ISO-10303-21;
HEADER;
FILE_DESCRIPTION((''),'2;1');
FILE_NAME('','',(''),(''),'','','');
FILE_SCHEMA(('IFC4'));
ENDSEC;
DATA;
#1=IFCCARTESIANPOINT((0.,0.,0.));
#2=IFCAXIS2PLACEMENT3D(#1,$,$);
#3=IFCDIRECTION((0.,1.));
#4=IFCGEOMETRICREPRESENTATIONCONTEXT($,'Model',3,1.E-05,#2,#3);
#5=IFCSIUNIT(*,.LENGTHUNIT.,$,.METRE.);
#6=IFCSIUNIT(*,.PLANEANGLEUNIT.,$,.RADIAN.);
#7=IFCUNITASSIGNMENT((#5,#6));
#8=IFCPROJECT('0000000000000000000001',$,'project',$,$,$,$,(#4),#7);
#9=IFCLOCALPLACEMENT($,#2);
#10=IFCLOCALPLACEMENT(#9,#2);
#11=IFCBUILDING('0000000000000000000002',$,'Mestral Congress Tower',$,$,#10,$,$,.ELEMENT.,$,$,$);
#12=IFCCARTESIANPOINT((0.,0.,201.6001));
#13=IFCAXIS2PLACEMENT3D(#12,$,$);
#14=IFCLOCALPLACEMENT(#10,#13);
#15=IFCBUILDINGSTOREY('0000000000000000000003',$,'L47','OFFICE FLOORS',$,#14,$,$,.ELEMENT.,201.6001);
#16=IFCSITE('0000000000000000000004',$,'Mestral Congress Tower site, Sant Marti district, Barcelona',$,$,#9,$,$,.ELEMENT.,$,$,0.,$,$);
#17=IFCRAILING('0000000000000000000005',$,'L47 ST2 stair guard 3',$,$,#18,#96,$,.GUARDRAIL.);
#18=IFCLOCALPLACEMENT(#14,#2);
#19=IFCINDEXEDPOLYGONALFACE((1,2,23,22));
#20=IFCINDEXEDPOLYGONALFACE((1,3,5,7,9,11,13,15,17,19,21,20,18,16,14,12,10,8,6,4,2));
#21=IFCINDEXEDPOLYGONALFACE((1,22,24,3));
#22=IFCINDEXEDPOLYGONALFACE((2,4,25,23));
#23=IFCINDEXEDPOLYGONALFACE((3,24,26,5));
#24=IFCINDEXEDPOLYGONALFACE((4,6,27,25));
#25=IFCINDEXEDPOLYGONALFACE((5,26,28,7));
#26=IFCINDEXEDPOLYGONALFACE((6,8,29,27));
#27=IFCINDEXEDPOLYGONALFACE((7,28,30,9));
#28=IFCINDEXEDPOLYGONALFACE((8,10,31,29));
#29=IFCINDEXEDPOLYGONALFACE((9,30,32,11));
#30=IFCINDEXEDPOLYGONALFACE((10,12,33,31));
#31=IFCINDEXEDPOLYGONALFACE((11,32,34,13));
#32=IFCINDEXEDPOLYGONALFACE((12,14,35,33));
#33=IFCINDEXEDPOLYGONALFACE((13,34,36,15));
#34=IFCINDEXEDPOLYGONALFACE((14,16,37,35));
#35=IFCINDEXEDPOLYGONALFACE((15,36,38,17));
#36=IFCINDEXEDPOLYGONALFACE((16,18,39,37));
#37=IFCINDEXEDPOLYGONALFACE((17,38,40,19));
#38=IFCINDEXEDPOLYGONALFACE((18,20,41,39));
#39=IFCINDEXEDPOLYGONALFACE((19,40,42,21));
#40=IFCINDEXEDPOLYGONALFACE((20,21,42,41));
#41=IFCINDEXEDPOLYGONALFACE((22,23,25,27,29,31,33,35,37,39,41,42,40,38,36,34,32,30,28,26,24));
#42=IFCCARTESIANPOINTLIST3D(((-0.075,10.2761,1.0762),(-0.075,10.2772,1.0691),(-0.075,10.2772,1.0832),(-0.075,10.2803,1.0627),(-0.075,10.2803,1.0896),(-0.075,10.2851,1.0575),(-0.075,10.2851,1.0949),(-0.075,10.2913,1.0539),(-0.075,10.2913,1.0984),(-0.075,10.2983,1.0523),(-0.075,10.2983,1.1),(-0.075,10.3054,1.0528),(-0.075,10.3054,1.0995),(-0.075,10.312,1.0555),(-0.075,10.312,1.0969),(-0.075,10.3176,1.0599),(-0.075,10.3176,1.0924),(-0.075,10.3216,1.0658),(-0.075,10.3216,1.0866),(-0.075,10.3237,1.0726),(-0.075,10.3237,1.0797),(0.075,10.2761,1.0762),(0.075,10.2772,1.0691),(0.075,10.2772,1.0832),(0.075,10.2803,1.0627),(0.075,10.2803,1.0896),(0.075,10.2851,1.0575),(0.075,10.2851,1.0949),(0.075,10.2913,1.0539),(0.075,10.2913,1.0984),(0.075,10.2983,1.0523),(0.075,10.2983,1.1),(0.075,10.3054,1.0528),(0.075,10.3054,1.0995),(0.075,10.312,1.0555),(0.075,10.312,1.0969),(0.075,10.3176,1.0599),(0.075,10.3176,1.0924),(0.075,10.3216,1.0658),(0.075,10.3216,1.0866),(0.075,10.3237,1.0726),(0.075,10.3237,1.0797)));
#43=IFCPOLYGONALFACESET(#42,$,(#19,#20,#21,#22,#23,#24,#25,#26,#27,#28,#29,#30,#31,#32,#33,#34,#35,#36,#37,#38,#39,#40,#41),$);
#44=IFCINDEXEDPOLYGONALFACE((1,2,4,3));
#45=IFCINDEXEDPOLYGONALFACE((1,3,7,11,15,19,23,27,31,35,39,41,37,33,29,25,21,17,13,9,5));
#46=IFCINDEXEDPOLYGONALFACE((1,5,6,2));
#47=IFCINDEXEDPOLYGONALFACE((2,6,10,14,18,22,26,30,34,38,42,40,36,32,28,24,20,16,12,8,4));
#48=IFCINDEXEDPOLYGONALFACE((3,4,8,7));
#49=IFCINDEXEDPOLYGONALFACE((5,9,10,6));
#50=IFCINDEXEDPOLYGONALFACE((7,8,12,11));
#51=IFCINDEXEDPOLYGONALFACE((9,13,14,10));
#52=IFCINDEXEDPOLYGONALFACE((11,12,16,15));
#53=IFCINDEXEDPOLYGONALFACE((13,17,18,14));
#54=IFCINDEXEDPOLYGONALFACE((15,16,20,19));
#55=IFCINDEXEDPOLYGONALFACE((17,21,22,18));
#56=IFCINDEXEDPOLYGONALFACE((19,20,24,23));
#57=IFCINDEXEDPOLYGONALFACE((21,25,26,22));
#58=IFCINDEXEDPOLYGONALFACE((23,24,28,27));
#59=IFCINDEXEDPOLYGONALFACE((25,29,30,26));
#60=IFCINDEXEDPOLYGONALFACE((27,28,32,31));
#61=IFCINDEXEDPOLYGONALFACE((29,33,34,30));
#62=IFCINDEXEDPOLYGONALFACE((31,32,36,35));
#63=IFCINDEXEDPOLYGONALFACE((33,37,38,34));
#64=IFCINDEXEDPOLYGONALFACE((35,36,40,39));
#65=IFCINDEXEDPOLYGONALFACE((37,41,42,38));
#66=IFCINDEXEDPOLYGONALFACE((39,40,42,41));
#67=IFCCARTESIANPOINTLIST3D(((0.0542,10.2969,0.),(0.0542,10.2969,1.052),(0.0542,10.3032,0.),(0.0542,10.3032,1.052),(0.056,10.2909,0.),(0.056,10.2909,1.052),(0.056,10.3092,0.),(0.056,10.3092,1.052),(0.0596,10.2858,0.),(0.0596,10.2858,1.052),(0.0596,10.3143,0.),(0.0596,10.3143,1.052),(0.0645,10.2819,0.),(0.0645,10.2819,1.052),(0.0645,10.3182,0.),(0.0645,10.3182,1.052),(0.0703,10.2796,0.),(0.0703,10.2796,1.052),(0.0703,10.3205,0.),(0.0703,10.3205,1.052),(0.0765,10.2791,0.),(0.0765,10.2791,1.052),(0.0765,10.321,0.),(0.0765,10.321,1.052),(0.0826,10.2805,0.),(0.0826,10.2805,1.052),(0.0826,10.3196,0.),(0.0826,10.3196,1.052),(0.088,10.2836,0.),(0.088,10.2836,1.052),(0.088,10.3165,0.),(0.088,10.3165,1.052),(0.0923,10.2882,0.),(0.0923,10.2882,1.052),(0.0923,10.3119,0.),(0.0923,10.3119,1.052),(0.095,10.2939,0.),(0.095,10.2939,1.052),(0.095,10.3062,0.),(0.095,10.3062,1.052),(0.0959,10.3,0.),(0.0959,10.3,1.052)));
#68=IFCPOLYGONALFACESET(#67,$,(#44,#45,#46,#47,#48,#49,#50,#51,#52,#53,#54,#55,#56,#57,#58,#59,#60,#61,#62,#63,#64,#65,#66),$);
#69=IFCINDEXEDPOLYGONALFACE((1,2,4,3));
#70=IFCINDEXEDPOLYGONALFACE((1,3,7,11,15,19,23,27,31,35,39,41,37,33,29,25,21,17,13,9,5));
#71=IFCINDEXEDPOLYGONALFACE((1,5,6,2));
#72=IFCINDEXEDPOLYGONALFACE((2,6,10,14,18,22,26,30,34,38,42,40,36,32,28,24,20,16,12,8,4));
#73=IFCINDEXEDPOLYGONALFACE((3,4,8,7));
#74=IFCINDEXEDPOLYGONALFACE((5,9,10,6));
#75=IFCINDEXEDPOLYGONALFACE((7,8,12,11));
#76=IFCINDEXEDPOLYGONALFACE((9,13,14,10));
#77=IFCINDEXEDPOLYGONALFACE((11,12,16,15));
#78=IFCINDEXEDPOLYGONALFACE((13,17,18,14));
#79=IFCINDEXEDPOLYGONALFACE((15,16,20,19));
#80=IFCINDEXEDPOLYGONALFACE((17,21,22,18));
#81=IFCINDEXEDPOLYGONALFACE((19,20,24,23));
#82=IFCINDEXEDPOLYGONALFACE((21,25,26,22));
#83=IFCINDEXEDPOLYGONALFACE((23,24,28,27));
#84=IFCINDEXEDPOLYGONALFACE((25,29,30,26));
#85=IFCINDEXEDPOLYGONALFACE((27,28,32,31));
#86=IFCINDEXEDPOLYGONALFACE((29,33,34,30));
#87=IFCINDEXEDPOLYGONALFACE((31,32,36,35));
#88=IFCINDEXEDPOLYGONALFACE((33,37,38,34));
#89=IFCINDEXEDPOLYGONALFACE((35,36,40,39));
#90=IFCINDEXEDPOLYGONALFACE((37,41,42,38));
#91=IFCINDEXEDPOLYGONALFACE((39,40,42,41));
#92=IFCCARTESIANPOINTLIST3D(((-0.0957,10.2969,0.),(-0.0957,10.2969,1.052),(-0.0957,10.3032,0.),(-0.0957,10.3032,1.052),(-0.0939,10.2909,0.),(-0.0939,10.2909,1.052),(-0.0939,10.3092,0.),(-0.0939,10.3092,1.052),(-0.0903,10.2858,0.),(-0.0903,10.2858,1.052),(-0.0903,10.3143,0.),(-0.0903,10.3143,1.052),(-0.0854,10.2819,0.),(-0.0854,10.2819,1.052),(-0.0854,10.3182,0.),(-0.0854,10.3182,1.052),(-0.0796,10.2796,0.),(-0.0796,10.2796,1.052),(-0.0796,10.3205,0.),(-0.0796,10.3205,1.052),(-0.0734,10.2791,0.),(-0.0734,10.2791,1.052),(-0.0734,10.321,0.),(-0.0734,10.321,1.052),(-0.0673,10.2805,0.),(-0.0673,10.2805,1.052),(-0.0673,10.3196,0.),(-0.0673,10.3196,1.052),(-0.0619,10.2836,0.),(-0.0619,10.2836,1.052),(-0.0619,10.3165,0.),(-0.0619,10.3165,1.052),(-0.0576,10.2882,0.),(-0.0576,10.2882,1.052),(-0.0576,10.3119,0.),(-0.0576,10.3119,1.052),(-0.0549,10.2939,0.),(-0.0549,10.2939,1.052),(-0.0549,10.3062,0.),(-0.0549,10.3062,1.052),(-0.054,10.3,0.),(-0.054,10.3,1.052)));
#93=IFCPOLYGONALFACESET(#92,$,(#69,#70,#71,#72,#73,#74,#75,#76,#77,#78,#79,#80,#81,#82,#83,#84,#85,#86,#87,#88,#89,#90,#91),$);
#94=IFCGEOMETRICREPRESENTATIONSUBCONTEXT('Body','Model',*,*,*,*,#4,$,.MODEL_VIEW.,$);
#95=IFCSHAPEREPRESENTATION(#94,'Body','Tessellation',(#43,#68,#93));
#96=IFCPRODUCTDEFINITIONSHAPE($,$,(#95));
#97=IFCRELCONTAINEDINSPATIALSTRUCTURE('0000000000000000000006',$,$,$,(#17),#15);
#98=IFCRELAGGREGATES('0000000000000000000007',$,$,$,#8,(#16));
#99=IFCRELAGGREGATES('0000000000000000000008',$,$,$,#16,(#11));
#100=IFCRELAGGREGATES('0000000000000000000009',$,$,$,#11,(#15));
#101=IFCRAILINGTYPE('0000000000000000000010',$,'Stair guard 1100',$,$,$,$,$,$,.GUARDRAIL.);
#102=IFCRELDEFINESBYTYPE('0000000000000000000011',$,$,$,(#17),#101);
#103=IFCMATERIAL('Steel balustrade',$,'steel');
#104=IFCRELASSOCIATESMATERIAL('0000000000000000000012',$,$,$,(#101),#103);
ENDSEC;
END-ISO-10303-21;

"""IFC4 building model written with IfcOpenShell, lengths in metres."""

from ifc_helpers import new_model, si_unit, direction, frame, origin, origin_2d, place, context, subcontext, project, spatial, circle, extrude, material, type_object, element, save


model = new_model("IFC4")

# Units and contexts
model_context = context("Model", 3, precision=1e-05, world=origin(), true_north=direction((0.0, 1.0)))
body_context = subcontext(model_context, "Body", "Model", "MODEL_VIEW")
ifc_project = project(units=[si_unit("LENGTHUNIT", "METRE"), si_unit("PLANEANGLEUNIT", "RADIAN")], contexts=[model_context])

# Site, building, storey
site_placement = place(None, origin())
site = spatial("IfcSite", under=ifc_project, at=site_placement, Name="Mestral Congress Tower site, Sant Marti district, Barcelona", CompositionType="ELEMENT", RefElevation=0.0)
building_placement = place(site_placement, origin())
building = spatial("IfcBuilding", under=site, at=building_placement, Name="Mestral Congress Tower", CompositionType="ELEMENT")
storey_placement = place(building_placement, frame((0.0, 0.0, 201.6001)))
storey = spatial("IfcBuildingStorey", under=building, at=storey_placement, Name="L47", Description="OFFICE FLOORS", CompositionType="ELEMENT", Elevation=201.6001)

# Railing
ifc_material_1 = material(Name="Steel balustrade", Category="steel")
railing_type_1 = type_object("IfcRailingType", Name="Stair guard 1100", PredefinedType="GUARDRAIL", material=ifc_material_1)
railing_1_placement = place(storey_placement, frame((0.075, 10.3, 0.0)))
element("IfcRailing", 1, at=railing_1_placement, inside=storey, type_object=railing_type_1, Name="L47 ST2 stair guard 3", PredefinedType="GUARDRAIL", context=body_context, shape_type="SweptSolid", body=[
    extrude(circle(Radius=0.0239, at=origin_2d()), frame((0.0, 0.0, 1.0762), z_axis=(-1.0, 0.0, 0.0), x_axis=(0.0, -1.0, 0.0)), (0.0, 0.0, 1.0), 0.1499),
    extrude(circle(Radius=0.021, at=origin_2d()), origin(), (0.0, 0.0, 1.0), 1.052),
    extrude(circle(Radius=0.021, at=origin_2d()), frame((-0.1499, 0.0, 0.0)), (0.0, 0.0, 1.0), 1.052),
])

save(model, "model.ifc")
